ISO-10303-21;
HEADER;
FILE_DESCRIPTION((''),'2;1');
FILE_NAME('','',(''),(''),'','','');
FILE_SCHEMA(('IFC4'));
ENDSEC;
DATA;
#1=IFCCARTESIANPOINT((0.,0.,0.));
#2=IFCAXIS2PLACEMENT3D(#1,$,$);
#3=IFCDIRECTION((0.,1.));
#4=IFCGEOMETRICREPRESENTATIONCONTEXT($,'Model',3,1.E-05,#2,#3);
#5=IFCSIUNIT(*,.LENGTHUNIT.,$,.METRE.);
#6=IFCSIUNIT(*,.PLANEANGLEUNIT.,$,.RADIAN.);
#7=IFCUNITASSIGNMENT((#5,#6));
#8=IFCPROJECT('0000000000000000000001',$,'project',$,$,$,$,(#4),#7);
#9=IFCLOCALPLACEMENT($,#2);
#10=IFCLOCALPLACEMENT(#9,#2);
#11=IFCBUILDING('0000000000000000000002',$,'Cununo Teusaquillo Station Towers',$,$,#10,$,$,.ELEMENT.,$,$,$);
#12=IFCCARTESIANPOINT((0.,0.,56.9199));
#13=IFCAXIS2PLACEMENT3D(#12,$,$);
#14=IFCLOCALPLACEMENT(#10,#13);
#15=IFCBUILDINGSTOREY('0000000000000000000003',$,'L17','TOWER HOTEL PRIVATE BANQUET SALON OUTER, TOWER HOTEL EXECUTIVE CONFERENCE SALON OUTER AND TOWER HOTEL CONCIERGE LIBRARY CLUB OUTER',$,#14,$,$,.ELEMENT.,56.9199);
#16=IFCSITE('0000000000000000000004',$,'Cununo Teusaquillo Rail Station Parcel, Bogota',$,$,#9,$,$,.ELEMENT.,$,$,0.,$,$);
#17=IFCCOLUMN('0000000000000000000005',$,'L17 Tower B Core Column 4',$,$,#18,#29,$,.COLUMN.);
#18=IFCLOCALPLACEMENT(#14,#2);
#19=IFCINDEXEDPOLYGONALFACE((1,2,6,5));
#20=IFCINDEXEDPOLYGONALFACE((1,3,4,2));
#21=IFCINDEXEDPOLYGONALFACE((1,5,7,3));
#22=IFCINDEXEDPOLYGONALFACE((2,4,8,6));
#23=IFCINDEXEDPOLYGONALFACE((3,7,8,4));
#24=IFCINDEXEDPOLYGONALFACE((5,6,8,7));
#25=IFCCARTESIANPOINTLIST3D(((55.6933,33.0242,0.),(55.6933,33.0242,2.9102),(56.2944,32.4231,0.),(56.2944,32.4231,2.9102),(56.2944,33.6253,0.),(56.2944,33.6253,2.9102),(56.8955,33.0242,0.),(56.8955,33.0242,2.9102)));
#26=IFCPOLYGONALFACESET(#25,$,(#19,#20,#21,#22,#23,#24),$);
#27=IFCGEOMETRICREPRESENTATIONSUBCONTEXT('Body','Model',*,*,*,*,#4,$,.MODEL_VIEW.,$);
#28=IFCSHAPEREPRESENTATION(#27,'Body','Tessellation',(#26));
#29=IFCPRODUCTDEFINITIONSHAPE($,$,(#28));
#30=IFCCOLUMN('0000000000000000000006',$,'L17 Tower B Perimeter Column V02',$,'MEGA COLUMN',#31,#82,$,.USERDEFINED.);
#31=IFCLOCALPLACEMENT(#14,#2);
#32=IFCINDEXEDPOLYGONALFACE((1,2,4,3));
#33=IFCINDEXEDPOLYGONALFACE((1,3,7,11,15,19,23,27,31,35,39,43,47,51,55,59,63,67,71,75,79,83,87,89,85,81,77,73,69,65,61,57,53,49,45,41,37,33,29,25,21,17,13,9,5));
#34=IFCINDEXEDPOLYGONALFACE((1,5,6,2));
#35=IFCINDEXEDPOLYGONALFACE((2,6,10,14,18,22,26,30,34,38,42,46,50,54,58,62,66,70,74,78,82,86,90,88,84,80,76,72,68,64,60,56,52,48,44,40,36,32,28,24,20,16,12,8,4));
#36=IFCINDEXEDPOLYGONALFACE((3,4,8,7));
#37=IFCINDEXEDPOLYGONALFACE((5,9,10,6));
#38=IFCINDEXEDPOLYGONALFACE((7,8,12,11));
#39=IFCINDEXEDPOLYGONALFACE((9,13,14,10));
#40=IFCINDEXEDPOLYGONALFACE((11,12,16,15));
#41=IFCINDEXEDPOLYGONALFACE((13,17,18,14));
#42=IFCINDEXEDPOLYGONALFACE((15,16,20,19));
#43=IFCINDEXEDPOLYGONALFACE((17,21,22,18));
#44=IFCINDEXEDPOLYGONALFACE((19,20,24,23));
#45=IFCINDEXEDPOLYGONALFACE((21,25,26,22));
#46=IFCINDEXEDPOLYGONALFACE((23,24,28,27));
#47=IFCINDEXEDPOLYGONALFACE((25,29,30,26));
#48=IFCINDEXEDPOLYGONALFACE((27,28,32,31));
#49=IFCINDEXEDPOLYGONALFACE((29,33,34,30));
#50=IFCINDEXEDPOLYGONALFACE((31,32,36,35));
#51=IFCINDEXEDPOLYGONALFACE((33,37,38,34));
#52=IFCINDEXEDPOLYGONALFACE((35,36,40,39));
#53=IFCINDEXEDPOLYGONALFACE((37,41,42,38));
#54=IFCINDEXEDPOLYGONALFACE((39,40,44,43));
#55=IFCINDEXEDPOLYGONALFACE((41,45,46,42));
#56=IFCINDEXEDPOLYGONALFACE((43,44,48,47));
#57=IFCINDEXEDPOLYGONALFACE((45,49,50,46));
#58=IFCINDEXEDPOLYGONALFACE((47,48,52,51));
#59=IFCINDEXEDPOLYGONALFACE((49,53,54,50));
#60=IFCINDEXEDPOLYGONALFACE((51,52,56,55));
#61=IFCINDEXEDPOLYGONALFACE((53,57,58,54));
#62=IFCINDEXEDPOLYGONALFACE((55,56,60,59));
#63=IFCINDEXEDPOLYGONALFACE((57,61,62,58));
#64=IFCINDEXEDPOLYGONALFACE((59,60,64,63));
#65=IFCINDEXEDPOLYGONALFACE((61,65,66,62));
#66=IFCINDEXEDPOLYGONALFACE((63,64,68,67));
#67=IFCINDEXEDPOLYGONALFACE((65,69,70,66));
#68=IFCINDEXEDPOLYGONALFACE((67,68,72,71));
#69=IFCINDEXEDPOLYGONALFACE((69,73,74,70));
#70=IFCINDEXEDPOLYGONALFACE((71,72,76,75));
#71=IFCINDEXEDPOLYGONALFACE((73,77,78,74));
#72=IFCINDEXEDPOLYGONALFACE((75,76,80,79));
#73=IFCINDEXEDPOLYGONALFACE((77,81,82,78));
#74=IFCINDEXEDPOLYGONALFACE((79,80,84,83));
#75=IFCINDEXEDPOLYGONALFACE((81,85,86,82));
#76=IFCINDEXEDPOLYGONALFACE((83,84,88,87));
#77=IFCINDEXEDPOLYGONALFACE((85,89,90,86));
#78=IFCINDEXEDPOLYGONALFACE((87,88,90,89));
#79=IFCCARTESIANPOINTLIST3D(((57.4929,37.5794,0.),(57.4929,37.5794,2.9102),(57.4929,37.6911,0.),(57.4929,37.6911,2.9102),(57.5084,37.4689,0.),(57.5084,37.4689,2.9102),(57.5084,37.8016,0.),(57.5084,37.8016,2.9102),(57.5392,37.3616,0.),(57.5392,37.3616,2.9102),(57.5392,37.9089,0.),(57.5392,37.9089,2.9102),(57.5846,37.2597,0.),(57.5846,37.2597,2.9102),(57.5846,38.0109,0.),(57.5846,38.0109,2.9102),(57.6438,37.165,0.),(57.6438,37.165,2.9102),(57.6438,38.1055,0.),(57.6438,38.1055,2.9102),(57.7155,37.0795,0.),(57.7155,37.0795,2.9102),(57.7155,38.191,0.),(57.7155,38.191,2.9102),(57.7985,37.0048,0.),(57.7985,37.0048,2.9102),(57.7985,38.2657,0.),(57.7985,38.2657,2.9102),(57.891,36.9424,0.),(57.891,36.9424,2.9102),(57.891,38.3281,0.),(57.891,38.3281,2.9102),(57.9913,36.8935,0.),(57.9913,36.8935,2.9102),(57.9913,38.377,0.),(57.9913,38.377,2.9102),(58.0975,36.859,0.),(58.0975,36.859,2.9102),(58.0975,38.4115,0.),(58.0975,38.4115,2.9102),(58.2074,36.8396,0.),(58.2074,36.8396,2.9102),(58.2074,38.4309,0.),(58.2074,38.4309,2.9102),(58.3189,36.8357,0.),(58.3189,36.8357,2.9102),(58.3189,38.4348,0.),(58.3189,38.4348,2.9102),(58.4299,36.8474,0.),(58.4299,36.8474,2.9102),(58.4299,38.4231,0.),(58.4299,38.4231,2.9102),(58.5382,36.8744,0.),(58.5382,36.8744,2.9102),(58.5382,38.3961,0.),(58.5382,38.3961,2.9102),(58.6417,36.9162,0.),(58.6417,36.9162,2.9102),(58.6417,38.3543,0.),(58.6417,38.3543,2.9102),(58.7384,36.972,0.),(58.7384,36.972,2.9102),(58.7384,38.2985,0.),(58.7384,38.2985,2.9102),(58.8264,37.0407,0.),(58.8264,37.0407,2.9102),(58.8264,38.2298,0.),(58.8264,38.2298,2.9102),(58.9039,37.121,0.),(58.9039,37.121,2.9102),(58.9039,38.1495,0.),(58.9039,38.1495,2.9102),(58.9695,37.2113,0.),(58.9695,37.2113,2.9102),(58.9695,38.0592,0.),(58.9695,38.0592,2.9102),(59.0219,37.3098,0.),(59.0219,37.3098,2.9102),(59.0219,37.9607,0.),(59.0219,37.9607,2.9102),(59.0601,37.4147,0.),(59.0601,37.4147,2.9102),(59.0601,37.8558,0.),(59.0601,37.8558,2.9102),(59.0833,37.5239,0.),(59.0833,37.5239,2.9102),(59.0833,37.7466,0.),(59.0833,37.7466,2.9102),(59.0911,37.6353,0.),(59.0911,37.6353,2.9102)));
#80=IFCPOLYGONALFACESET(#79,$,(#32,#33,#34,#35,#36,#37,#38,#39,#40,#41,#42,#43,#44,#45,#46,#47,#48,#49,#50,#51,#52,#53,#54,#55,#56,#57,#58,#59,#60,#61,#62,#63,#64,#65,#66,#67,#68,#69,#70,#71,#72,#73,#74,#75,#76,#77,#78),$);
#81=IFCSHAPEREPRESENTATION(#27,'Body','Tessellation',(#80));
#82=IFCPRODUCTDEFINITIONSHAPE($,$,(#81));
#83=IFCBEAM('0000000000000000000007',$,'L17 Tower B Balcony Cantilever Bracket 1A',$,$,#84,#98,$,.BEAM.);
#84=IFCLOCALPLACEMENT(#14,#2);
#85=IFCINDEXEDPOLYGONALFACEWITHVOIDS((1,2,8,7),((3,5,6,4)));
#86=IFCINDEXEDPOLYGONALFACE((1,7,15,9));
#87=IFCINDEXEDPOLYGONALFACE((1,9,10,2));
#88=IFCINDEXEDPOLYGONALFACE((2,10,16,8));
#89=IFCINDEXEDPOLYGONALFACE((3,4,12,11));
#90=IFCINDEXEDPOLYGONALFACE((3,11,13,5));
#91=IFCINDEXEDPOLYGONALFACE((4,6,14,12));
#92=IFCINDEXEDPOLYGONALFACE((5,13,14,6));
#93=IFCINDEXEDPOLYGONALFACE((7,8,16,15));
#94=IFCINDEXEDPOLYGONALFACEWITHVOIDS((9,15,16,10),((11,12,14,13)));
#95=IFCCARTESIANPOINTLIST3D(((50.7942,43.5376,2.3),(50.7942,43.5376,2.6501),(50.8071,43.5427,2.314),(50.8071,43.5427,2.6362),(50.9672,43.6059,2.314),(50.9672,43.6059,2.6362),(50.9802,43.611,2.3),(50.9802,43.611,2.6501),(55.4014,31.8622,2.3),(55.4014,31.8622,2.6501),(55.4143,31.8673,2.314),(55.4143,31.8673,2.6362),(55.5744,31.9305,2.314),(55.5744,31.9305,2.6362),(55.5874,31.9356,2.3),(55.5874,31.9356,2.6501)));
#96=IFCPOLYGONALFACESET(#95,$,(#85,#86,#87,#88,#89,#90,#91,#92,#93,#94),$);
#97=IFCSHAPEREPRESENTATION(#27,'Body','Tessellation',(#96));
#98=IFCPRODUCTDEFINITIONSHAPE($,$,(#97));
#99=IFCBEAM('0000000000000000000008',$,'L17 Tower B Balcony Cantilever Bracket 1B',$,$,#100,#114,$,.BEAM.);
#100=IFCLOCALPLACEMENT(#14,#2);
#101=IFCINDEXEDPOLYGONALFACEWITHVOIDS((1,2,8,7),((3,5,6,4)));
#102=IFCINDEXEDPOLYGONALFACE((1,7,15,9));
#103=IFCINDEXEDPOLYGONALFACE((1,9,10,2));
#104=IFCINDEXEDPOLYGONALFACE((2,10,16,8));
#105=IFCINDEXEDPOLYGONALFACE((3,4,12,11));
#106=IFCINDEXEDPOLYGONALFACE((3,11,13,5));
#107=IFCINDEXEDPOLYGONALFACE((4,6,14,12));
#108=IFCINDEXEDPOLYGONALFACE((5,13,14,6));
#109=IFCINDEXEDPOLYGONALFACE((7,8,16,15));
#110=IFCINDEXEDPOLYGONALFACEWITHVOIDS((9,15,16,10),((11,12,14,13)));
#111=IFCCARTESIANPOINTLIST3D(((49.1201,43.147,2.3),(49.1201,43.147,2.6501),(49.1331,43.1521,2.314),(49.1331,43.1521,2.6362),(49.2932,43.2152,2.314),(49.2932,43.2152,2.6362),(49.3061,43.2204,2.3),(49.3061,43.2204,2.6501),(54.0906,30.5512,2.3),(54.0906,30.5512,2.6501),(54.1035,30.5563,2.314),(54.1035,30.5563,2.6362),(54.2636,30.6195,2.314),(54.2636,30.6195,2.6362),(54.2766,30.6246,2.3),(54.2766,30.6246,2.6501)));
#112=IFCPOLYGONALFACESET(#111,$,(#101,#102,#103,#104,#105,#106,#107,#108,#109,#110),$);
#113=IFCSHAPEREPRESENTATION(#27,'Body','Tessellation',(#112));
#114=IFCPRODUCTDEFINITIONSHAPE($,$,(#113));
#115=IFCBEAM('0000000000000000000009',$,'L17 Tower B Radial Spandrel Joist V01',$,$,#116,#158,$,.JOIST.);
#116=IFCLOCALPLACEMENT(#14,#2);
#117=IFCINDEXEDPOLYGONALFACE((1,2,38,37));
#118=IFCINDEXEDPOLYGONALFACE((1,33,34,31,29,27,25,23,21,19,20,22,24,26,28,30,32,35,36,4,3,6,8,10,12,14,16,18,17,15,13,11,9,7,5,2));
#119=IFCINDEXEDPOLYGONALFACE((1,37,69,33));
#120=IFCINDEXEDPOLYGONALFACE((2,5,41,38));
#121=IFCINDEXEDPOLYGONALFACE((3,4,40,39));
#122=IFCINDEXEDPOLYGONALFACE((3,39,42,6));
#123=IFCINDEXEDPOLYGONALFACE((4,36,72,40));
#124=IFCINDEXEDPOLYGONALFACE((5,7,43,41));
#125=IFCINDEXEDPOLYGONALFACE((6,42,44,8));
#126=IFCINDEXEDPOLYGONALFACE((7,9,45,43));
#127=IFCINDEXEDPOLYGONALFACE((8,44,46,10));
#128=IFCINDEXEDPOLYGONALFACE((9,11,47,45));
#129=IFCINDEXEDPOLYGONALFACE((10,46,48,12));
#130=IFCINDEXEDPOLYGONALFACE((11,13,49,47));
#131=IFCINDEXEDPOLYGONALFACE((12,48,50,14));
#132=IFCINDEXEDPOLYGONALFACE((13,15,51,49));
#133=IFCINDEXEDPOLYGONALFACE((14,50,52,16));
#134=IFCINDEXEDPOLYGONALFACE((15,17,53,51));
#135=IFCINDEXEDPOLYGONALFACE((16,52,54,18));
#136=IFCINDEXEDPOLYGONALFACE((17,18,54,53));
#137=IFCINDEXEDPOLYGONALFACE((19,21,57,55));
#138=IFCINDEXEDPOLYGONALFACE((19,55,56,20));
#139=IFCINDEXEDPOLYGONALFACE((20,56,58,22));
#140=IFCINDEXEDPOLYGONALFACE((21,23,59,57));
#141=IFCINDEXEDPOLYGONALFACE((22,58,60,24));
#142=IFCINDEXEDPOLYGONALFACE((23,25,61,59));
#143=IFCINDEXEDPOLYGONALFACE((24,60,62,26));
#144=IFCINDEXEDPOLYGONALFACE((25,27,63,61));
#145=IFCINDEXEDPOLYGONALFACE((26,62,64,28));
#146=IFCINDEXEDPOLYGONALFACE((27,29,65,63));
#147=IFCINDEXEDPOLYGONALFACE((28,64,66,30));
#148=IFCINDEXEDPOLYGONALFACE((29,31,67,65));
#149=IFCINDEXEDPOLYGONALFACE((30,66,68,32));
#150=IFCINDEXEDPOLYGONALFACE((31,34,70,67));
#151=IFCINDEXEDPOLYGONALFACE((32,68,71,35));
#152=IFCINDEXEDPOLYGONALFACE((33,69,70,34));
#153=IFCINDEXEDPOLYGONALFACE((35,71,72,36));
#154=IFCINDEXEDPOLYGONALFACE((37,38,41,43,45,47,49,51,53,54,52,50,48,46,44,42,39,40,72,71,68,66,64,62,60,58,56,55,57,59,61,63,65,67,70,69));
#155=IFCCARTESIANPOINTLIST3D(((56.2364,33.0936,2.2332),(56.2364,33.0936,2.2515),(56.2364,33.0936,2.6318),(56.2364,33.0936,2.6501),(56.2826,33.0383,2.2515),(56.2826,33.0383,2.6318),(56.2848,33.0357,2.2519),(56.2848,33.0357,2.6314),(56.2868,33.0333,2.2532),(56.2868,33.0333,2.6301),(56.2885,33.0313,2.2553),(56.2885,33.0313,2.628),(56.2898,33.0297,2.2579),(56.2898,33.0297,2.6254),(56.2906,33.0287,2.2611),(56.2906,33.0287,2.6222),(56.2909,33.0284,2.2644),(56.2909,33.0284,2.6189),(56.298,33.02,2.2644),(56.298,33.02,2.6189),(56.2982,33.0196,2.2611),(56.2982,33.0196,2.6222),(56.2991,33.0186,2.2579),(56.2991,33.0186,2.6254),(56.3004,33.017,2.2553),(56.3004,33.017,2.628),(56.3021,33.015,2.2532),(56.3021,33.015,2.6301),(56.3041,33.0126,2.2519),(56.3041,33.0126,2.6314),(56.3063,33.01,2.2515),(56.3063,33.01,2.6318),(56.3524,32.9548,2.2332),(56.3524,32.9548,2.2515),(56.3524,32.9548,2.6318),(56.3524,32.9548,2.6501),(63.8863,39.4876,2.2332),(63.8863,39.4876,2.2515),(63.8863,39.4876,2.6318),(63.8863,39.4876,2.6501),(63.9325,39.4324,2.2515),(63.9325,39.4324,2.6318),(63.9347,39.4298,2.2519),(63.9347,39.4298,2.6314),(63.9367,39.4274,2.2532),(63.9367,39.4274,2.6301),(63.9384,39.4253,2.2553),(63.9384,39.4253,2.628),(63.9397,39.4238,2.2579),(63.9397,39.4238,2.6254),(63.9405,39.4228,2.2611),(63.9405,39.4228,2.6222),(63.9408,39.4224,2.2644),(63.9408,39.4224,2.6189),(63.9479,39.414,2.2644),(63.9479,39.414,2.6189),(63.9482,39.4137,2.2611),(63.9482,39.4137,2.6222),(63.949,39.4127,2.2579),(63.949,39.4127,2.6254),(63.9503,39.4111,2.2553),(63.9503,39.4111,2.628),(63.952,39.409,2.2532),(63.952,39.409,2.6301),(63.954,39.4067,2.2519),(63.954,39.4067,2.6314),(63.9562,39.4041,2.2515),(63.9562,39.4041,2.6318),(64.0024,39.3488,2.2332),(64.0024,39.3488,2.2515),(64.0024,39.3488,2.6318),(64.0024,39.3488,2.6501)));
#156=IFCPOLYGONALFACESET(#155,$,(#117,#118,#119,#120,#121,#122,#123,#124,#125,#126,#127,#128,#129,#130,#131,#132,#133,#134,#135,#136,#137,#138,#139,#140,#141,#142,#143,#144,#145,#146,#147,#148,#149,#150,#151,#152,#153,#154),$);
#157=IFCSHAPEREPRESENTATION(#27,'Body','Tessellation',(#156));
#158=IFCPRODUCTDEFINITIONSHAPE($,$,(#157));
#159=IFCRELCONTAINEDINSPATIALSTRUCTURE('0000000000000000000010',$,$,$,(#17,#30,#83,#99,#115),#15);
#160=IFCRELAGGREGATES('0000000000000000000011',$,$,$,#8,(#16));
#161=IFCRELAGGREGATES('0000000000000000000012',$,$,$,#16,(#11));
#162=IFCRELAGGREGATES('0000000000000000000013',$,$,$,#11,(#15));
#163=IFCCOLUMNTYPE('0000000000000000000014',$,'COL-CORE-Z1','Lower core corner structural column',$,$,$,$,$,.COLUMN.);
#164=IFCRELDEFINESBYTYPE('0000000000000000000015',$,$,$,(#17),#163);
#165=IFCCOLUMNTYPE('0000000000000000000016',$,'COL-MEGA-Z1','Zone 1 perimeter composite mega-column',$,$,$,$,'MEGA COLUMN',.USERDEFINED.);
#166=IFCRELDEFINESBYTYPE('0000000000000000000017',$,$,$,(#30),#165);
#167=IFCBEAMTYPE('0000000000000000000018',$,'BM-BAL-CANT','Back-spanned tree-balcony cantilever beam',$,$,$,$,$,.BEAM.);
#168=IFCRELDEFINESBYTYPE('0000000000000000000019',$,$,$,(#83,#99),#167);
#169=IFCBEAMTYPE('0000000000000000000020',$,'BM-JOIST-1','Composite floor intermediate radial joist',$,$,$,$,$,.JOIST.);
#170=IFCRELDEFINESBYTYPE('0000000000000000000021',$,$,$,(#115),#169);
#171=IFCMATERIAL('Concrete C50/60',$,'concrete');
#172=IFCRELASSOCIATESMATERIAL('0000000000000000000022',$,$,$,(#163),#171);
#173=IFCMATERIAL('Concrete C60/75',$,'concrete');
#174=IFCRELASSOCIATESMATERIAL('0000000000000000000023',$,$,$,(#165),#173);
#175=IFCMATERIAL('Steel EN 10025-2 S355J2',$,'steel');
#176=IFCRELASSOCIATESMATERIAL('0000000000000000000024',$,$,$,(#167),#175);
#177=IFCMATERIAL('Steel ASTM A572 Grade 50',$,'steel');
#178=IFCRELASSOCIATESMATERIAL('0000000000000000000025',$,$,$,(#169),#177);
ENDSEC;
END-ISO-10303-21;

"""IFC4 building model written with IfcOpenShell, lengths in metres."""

from ifc_helpers import new_model, si_unit, direction, frame, origin, origin_2d, place, context, subcontext, project, spatial, rectangle, hollow_rectangle, circle, i_section, extrude, material, material_profile, profile_set, type_object, element, save


model = new_model("IFC4")

# Units and contexts
model_context = context("Model", 3, precision=1e-05, world=origin(), true_north=direction((0.0, 1.0)))
body_context = subcontext(model_context, "Body", "Model", "MODEL_VIEW")
ifc_project = project(units=[si_unit("LENGTHUNIT", "METRE"), si_unit("PLANEANGLEUNIT", "RADIAN")], contexts=[model_context])

# Site, building, storey
site_placement = place(None, origin())
site = spatial("IfcSite", under=ifc_project, at=site_placement, Name="Cununo Teusaquillo Rail Station Parcel, Bogota", CompositionType="ELEMENT", RefElevation=0.0)
building_placement = place(site_placement, origin())
building = spatial("IfcBuilding", under=site, at=building_placement, Name="Cununo Teusaquillo Station Towers", CompositionType="ELEMENT")
storey_placement = place(building_placement, frame((0.0, 0.0, 56.9199)))
storey = spatial("IfcBuildingStorey", under=building, at=storey_placement, Name="L17", Description="TOWER HOTEL PRIVATE BANQUET SALON OUTER, TOWER HOTEL EXECUTIVE CONFERENCE SALON OUTER AND TOWER HOTEL CONCIERGE LIBRARY CLUB OUTER", CompositionType="ELEMENT", Elevation=56.9199)

# Columns
ifc_material_1 = material(Name="Concrete C50/60", Category="concrete")
ifc_material_profile_1 = material_profile(ifc_material_1, rectangle(XDim=0.8501, YDim=0.8501, at=origin_2d()), Name="RC-RECT-850x850")
ifc_profile_set_1 = profile_set([ifc_material_profile_1], Name="Concrete C50/60")
column_type_1 = type_object("IfcColumnType", Name="COL-CORE-Z1", Description="Lower core corner structural column", PredefinedType="COLUMN", material=ifc_profile_set_1)
column_1_placement = place(storey_placement, frame((56.2944, 33.0242, 0.0), z_axis=(0.0, 0.0, 1.0), x_axis=(0.707107, 0.707107, 0.0)))
element("IfcColumn", 1, at=column_1_placement, inside=storey, type_object=column_type_1, Name="L17 Tower B Core Column 4", PredefinedType="COLUMN", context=body_context, shape_type="SweptSolid", body=[
    extrude(rectangle(XDim=0.8501, YDim=0.8501, at=origin_2d()), origin(), (0.0, 0.0, 1.0), 2.9102),
])
ifc_material_2 = material(Name="Concrete C60/75", Category="concrete")
ifc_material_profile_2 = material_profile(ifc_material_2, circle(Radius=0.8, at=origin_2d()), Name="RC-CIRC-1600")
ifc_profile_set_2 = profile_set([ifc_material_profile_2], Name="Concrete C60/75")
column_type_2 = type_object("IfcColumnType", Name="COL-MEGA-Z1", Description="Zone 1 perimeter composite mega-column", ElementType="MEGA COLUMN", PredefinedType="USERDEFINED", material=ifc_profile_set_2)
column_2_placement = place(storey_placement, frame((58.291, 37.6353, 0.0), z_axis=(0.0, 0.0, 1.0), x_axis=(1.0, 0.0, 0.0)))
element("IfcColumn", 2, at=column_2_placement, inside=storey, type_object=column_type_2, Name="L17 Tower B Perimeter Column V02", ObjectType="MEGA COLUMN", PredefinedType="USERDEFINED", context=body_context, shape_type="SweptSolid", body=[
    extrude(circle(Radius=0.8, at=origin_2d()), origin(), (0.0, 0.0, 1.0), 2.9102),
])

# Beams
ifc_material_3 = material(Name="Steel EN 10025-2 S355J2", Category="steel")
ifc_material_profile_3 = material_profile(ifc_material_3, hollow_rectangle(XDim=0.2, YDim=0.3501, WallThickness=0.0139, at=origin_2d()), Name="RHS 350x200x14")
ifc_profile_set_3 = profile_set([ifc_material_profile_3], Name="Steel EN 10025-2 S355J2")
beam_type_1 = type_object("IfcBeamType", Name="BM-BAL-CANT", Description="Back-spanned tree-balcony cantilever beam", PredefinedType="BEAM", material=ifc_profile_set_3)
beam_1_placement = place(storey_placement, frame((55.4944, 31.8989, 2.4751), z_axis=(-0.367064, 0.930196, 0.0), x_axis=(-0.930196, -0.367064, 0.0)))
element("IfcBeam", 3, at=beam_1_placement, inside=storey, type_object=beam_type_1, Name="L17 Tower B Balcony Cantilever Bracket 1A", PredefinedType="BEAM", context=body_context, shape_type="SweptSolid", body=[
    extrude(hollow_rectangle(XDim=0.2, YDim=0.3501, WallThickness=0.0139, at=origin_2d()), origin(), (0.0, 0.0, 1.0), 12.5515),
])
beam_2_placement = place(storey_placement, frame((54.1836, 30.5879, 2.4751), z_axis=(-0.367069, 0.930194, 0.0), x_axis=(-0.930194, -0.367069, 0.0)))
element("IfcBeam", 4, at=beam_2_placement, inside=storey, type_object=beam_type_1, Name="L17 Tower B Balcony Cantilever Bracket 1B", PredefinedType="BEAM", context=body_context, shape_type="SweptSolid", body=[
    extrude(hollow_rectangle(XDim=0.2, YDim=0.3501, WallThickness=0.0139, at=origin_2d()), origin(), (0.0, 0.0, 1.0), 13.541),
])
ifc_material_4 = material(Name="Steel ASTM A572 Grade 50", Category="steel")
ifc_material_profile_4 = material_profile(ifc_material_4, i_section(OverallWidth=0.1809, OverallDepth=0.417, WebThickness=0.011, FlangeThickness=0.0183, FilletRadius=0.0129, at=origin_2d()), Name="W16X57")
ifc_profile_set_4 = profile_set([ifc_material_profile_4], Name="Steel ASTM A572 Grade 50")
beam_type_2 = type_object("IfcBeamType", Name="BM-JOIST-1", Description="Composite floor intermediate radial joist", PredefinedType="JOIST", material=ifc_profile_set_4)
beam_3_placement = place(storey_placement, frame((56.2944, 33.0242, 2.4417), z_axis=(0.767277, 0.641316, 0.0), x_axis=(-0.641316, 0.767277, 0.0)))
element("IfcBeam", 5, at=beam_3_placement, inside=storey, type_object=beam_type_2, Name="L17 Tower B Radial Spandrel Joist V01", PredefinedType="JOIST", context=body_context, shape_type="SweptSolid", body=[
    extrude(i_section(OverallWidth=0.1809, OverallDepth=0.417, WebThickness=0.011, FlangeThickness=0.0183, FilletRadius=0.0129, at=origin_2d()), origin(), (0.0, 0.0, 1.0), 9.9702),
])

save(model, "model.ifc")
